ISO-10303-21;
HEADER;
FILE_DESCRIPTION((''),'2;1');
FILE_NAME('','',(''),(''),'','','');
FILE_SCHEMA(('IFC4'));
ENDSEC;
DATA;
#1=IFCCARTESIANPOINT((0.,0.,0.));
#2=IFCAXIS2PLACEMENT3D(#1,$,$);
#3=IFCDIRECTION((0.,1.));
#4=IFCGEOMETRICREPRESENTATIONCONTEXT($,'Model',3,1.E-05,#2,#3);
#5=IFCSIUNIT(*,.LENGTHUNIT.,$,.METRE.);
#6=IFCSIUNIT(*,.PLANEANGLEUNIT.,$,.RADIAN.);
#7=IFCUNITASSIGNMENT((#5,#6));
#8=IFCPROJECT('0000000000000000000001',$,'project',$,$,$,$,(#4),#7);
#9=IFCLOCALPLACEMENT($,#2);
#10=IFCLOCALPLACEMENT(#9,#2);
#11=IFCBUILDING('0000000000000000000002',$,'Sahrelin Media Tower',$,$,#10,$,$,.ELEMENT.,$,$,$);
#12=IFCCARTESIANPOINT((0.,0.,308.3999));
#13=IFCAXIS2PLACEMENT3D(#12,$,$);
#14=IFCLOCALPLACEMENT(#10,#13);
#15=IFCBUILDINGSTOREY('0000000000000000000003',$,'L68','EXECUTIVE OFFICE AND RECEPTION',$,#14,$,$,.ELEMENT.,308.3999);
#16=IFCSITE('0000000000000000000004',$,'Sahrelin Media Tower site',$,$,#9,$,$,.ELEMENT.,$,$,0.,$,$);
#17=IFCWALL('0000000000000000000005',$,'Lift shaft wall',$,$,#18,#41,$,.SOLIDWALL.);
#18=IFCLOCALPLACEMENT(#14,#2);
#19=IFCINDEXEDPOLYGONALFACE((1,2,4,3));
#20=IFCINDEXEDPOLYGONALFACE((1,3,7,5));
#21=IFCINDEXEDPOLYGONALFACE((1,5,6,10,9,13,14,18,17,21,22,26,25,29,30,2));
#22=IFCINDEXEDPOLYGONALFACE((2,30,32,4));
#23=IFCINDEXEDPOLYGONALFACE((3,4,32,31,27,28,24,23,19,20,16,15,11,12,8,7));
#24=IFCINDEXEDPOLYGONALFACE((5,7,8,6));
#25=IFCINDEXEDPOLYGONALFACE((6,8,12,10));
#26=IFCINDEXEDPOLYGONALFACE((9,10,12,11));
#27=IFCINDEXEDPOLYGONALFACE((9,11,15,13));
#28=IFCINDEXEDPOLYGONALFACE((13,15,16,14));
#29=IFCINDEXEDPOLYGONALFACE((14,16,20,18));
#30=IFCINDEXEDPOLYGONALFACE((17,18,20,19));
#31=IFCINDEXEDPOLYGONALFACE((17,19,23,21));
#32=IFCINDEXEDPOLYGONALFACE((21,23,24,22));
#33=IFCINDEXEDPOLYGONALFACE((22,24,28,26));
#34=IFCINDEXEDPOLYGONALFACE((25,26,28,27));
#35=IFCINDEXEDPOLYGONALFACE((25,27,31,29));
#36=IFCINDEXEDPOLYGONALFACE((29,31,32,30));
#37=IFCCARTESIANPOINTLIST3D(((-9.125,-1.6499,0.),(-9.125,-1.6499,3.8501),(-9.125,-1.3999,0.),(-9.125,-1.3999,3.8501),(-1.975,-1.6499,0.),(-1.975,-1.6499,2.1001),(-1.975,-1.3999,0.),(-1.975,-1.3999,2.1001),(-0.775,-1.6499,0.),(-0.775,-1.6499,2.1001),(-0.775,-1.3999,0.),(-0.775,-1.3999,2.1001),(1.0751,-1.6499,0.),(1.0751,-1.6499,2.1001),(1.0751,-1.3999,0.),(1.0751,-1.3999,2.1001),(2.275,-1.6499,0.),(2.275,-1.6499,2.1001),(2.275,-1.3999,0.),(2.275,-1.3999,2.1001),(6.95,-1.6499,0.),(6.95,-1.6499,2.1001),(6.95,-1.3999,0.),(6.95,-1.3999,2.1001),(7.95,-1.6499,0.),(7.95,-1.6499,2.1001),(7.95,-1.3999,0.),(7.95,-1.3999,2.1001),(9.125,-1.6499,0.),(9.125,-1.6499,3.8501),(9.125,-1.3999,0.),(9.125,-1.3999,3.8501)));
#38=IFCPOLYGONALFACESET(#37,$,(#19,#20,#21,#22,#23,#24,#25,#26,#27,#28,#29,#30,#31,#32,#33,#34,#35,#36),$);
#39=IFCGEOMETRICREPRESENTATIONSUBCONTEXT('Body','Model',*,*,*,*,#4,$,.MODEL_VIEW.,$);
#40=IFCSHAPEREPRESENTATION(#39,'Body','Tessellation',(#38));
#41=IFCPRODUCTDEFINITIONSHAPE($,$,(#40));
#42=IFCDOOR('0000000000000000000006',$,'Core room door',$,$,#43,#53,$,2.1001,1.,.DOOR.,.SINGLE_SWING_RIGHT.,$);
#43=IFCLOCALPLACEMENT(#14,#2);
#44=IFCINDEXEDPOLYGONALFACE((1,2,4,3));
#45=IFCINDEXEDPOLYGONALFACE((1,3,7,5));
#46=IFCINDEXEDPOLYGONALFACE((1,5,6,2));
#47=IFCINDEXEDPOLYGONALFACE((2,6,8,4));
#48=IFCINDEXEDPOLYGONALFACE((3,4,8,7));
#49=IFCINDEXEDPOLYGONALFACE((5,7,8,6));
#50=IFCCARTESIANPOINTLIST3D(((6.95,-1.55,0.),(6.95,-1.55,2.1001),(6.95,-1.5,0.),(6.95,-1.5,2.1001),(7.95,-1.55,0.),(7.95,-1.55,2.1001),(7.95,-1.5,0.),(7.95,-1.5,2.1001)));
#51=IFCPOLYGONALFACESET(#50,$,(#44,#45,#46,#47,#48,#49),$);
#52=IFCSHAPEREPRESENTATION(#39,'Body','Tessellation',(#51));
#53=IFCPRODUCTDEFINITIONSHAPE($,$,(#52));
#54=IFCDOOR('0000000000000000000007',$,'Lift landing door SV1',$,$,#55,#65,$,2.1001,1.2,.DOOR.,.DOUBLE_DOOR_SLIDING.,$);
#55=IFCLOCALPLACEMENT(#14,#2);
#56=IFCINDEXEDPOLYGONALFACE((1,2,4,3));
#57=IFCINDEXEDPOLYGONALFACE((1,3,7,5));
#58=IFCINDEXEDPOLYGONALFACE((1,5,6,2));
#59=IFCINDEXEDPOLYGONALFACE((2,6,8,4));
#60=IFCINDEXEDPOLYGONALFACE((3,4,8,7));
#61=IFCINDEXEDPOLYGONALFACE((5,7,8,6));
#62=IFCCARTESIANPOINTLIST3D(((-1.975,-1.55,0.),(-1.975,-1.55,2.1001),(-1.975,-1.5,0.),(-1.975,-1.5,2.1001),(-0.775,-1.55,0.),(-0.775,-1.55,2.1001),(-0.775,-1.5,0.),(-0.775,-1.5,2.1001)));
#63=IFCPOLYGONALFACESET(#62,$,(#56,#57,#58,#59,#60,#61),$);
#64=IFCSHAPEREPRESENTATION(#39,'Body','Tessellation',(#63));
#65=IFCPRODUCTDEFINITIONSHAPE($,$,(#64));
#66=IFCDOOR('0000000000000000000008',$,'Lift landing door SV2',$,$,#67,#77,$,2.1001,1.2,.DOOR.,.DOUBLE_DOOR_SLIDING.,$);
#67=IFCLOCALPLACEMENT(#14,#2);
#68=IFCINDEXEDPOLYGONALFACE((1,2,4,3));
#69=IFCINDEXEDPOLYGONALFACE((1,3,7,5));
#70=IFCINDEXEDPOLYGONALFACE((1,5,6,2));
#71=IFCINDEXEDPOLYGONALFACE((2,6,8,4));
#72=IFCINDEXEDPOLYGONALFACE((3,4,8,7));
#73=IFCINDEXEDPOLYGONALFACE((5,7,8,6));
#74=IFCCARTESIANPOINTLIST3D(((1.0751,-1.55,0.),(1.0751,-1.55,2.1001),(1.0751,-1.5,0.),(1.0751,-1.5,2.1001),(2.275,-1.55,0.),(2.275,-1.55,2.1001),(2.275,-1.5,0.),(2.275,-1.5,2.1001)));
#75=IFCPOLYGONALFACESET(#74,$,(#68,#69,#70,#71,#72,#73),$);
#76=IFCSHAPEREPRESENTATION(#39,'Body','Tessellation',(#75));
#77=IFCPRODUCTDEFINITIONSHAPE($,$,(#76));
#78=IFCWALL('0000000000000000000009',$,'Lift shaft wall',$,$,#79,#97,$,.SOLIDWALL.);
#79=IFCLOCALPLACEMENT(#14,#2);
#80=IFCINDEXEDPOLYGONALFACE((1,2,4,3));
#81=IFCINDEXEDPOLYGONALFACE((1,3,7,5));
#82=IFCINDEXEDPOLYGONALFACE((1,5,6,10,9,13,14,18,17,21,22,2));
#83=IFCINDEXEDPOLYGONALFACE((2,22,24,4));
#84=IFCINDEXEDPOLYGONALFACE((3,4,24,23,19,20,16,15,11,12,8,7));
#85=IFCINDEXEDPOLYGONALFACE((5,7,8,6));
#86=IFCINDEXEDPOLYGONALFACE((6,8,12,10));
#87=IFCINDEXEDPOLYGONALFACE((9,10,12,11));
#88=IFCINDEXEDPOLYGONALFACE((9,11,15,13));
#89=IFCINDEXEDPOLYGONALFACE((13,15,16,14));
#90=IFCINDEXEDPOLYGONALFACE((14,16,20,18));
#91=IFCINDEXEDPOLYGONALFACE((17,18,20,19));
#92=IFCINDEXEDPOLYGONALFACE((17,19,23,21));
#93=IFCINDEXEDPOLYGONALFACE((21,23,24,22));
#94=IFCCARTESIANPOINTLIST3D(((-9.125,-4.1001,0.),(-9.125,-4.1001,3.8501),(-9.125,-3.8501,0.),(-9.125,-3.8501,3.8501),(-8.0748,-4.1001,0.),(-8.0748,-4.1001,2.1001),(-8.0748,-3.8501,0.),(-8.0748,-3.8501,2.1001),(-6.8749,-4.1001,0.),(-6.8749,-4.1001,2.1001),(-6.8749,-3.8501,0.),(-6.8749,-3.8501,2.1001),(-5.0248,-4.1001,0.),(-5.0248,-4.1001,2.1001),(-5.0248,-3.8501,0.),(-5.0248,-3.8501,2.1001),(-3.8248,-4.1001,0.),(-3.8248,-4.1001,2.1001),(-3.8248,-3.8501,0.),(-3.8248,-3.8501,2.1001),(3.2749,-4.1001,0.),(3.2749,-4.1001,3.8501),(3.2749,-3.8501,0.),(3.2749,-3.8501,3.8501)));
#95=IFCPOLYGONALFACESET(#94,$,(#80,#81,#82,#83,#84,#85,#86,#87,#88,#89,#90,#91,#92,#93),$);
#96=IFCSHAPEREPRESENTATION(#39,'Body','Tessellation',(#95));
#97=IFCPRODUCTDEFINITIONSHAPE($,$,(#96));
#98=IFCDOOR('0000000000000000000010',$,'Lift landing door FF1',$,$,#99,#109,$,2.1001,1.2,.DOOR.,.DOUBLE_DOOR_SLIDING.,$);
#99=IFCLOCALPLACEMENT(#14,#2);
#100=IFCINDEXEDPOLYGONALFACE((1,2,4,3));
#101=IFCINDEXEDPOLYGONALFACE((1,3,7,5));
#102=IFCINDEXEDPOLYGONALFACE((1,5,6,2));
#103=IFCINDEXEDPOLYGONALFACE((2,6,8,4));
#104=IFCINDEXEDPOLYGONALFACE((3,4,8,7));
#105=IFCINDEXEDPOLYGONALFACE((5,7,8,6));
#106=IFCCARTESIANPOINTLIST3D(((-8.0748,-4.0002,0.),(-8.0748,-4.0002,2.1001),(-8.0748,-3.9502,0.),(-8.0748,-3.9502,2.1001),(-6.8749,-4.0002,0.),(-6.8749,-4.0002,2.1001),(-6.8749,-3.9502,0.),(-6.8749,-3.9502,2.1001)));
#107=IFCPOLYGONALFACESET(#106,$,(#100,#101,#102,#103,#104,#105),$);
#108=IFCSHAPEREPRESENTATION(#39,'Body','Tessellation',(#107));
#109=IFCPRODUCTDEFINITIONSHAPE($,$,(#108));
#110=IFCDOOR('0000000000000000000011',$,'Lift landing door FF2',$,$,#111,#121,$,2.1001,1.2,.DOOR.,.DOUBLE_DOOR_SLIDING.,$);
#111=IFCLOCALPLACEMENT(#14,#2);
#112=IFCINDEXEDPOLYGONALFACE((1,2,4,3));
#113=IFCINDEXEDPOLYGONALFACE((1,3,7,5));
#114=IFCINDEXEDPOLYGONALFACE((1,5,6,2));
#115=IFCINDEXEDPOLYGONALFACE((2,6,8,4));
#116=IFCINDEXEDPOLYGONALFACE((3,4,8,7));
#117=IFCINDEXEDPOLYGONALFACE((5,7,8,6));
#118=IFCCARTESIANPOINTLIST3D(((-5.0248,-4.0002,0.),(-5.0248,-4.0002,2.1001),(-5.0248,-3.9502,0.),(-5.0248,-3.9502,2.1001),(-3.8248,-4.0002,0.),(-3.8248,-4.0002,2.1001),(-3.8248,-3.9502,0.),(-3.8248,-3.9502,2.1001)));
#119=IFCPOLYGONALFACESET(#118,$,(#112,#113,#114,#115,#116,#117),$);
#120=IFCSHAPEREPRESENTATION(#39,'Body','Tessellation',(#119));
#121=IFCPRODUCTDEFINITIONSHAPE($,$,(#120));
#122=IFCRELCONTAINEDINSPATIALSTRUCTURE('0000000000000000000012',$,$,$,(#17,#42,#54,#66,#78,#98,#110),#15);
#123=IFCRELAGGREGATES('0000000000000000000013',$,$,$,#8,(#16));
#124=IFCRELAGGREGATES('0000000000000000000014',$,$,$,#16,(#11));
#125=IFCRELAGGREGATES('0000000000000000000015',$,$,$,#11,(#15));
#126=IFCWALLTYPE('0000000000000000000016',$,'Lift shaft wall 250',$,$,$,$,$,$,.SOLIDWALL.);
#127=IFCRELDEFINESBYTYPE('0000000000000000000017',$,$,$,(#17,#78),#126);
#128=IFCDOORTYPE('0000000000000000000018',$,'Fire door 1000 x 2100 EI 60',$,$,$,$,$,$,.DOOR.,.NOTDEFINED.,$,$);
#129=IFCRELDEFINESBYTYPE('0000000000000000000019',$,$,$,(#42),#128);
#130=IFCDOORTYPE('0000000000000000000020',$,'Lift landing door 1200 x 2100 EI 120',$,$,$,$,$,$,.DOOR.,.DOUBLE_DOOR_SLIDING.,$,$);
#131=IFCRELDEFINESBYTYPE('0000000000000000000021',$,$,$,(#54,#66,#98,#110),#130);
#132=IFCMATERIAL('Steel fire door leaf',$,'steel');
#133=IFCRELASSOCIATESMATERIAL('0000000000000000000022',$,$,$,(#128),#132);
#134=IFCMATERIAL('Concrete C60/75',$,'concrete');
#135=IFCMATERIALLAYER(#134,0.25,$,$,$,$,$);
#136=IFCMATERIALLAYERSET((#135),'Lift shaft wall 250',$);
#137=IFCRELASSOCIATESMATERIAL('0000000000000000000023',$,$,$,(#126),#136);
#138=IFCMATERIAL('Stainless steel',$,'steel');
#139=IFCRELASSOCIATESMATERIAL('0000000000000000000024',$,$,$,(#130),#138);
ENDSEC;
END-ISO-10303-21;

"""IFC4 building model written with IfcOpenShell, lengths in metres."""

from ifc_helpers import new_model, si_unit, direction, frame, frame_2d, origin, place, context, subcontext, project, spatial, rectangle, extrude, material, layer, layer_set, type_object, element, fill, save


model = new_model("IFC4")

# Units and contexts
model_context = context("Model", 3, precision=1e-05, world=origin(), true_north=direction((0.0, 1.0)))
body_context = subcontext(model_context, "Body", "Model", "MODEL_VIEW")
ifc_project = project(units=[si_unit("LENGTHUNIT", "METRE"), si_unit("PLANEANGLEUNIT", "RADIAN")], contexts=[model_context])

# Site, building, storey
site_placement = place(None, origin())
site = spatial("IfcSite", under=ifc_project, at=site_placement, Name="Sahrelin Media Tower site", CompositionType="ELEMENT", RefElevation=0.0)
building_placement = place(site_placement, origin())
building = spatial("IfcBuilding", under=site, at=building_placement, Name="Sahrelin Media Tower", CompositionType="ELEMENT")
storey_placement = place(building_placement, frame((0.0, 0.0, 308.3999)))
storey = spatial("IfcBuildingStorey", under=building, at=storey_placement, Name="L68", Description="EXECUTIVE OFFICE AND RECEPTION", CompositionType="ELEMENT", Elevation=308.3999)

# Shared definitions
ifc_material_1 = material(Name="Concrete C60/75", Category="concrete")

# Shared definitions
ifc_material_2 = material(Name="Steel fire door leaf", Category="steel")
door_type_1 = type_object("IfcDoorType", Name="Fire door 1000 x 2100 EI 60", OperationType="NOTDEFINED", PredefinedType="DOOR", material=ifc_material_2)

# Walls, openings, doors
ifc_layer_1 = layer(ifc_material_1, 0.25)
ifc_layer_set_1 = layer_set([ifc_layer_1], Name="Lift shaft wall 250")
wall_type_1 = type_object("IfcWallType", Name="Lift shaft wall 250", PredefinedType="SOLIDWALL", material=ifc_layer_set_1)
wall_1_placement = place(storey_placement, frame((-9.125, -1.5249, 0.0), z_axis=(0.0, 0.0, 1.0), x_axis=(1.0, 0.0, 0.0)))
wall_1 = element("IfcWall", 1, at=wall_1_placement, inside=storey, type_object=wall_type_1, Name="Lift shaft wall", PredefinedType="SOLIDWALL", context=body_context, shape_type="SweptSolid", body=[
    extrude(rectangle(XDim=18.25, YDim=0.25, at=frame_2d((9.125, 0.0))), origin(), (0.0, 0.0, 1.0), 3.8501),
])
opening_1_placement = place(wall_1_placement, frame((7.1499, 0.0, 0.0)))
opening_1 = element("IfcOpeningElement", 2, at=opening_1_placement, cuts=wall_1, PredefinedType="OPENING", context=body_context, shape_type="SweptSolid", body=[
    extrude(rectangle(XDim=1.2, YDim=2.1001, at=frame_2d((0.6001, 1.05))), frame((0.0, 0.125, 0.0), z_axis=(0.0, -1.0, 0.0), x_axis=(1.0, 0.0, 0.0)), (0.0, 0.0, 1.0), 0.25),
])
opening_2_placement = place(wall_1_placement, frame((10.2, 0.0, 0.0)))
opening_2 = element("IfcOpeningElement", 3, at=opening_2_placement, cuts=wall_1, PredefinedType="OPENING", context=body_context, shape_type="SweptSolid", body=[
    extrude(rectangle(XDim=1.2, YDim=2.1001, at=frame_2d((0.6001, 1.05))), frame((0.0, 0.125, 0.0), z_axis=(0.0, -1.0, 0.0), x_axis=(1.0, 0.0, 0.0)), (0.0, 0.0, 1.0), 0.25),
])
opening_3_placement = place(wall_1_placement, frame((16.075, 0.0, 0.0)))
opening_3 = element("IfcOpeningElement", 4, at=opening_3_placement, cuts=wall_1, PredefinedType="OPENING", context=body_context, shape_type="SweptSolid", body=[
    extrude(rectangle(XDim=1.0, YDim=2.1001, at=frame_2d((0.5, 1.05))), frame((0.0, 0.125, 0.0), z_axis=(0.0, -1.0, 0.0), x_axis=(1.0, 0.0, 0.0)), (0.0, 0.0, 1.0), 0.25),
])
door_1_placement = place(opening_3_placement, origin())
door_1 = element("IfcDoor", 5, at=door_1_placement, inside=storey, type_object=door_type_1, Name="Core room door", OperationType="SINGLE_SWING_RIGHT", OverallHeight=2.1001, OverallWidth=1.0, PredefinedType="DOOR", context=body_context, shape_type="SweptSolid", body=[
    extrude(rectangle(XDim=1.0, YDim=2.1001, at=frame_2d((0.5, 1.05))), frame((0.0, 0.0249, 0.0), z_axis=(0.0, -1.0, 0.0), x_axis=(1.0, 0.0, 0.0)), (0.0, 0.0, 1.0), 0.05),
])
fill(opening_3, door_1)
ifc_material_3 = material(Name="Stainless steel", Category="steel")
door_type_2 = type_object("IfcDoorType", Name="Lift landing door 1200 x 2100 EI 120", OperationType="DOUBLE_DOOR_SLIDING", PredefinedType="DOOR", material=ifc_material_3)
door_2_placement = place(opening_1_placement, origin())
door_2 = element("IfcDoor", 6, at=door_2_placement, inside=storey, type_object=door_type_2, Name="Lift landing door SV1", OperationType="DOUBLE_DOOR_SLIDING", OverallHeight=2.1001, OverallWidth=1.2, PredefinedType="DOOR", context=body_context, shape_type="SweptSolid", body=[
    extrude(rectangle(XDim=1.2, YDim=2.1001, at=frame_2d((0.6001, 1.05))), frame((0.0, 0.0249, 0.0), z_axis=(0.0, -1.0, 0.0), x_axis=(1.0, 0.0, 0.0)), (0.0, 0.0, 1.0), 0.05),
])
fill(opening_1, door_2)
door_3_placement = place(opening_2_placement, origin())
door_3 = element("IfcDoor", 7, at=door_3_placement, inside=storey, type_object=door_type_2, Name="Lift landing door SV2", OperationType="DOUBLE_DOOR_SLIDING", OverallHeight=2.1001, OverallWidth=1.2, PredefinedType="DOOR", context=body_context, shape_type="SweptSolid", body=[
    extrude(rectangle(XDim=1.2, YDim=2.1001, at=frame_2d((0.6001, 1.05))), frame((0.0, 0.0249, 0.0), z_axis=(0.0, -1.0, 0.0), x_axis=(1.0, 0.0, 0.0)), (0.0, 0.0, 1.0), 0.05),
])
fill(opening_2, door_3)
wall_2_placement = place(storey_placement, frame((-9.125, -3.9751, 0.0), z_axis=(0.0, 0.0, 1.0), x_axis=(1.0, 0.0, 0.0)))
wall_2 = element("IfcWall", 8, at=wall_2_placement, inside=storey, type_object=wall_type_1, Name="Lift shaft wall", PredefinedType="SOLIDWALL", context=body_context, shape_type="SweptSolid", body=[
    extrude(rectangle(XDim=12.3999, YDim=0.25, at=frame_2d((6.2, 0.0))), origin(), (0.0, 0.0, 1.0), 3.8501),
])
opening_4_placement = place(wall_2_placement, frame((1.05, 0.0, 0.0)))
opening_4 = element("IfcOpeningElement", 9, at=opening_4_placement, cuts=wall_2, PredefinedType="OPENING", context=body_context, shape_type="SweptSolid", body=[
    extrude(rectangle(XDim=1.2, YDim=2.1001, at=frame_2d((0.6001, 1.05))), frame((0.0, 0.125, 0.0), z_axis=(0.0, -1.0, 0.0), x_axis=(1.0, 0.0, 0.0)), (0.0, 0.0, 1.0), 0.25),
])
opening_5_placement = place(wall_2_placement, frame((4.1001, 0.0, 0.0)))
opening_5 = element("IfcOpeningElement", 10, at=opening_5_placement, cuts=wall_2, PredefinedType="OPENING", context=body_context, shape_type="SweptSolid", body=[
    extrude(rectangle(XDim=1.2, YDim=2.1001, at=frame_2d((0.6001, 1.05))), frame((0.0, 0.125, 0.0), z_axis=(0.0, -1.0, 0.0), x_axis=(1.0, 0.0, 0.0)), (0.0, 0.0, 1.0), 0.25),
])
door_4_placement = place(opening_4_placement, origin())
door_4 = element("IfcDoor", 11, at=door_4_placement, inside=storey, type_object=door_type_2, Name="Lift landing door FF1", OperationType="DOUBLE_DOOR_SLIDING", OverallHeight=2.1001, OverallWidth=1.2, PredefinedType="DOOR", context=body_context, shape_type="SweptSolid", body=[
    extrude(rectangle(XDim=1.2, YDim=2.1001, at=frame_2d((0.6001, 1.05))), frame((0.0, 0.0249, 0.0), z_axis=(0.0, -1.0, 0.0), x_axis=(1.0, 0.0, 0.0)), (0.0, 0.0, 1.0), 0.05),
])
fill(opening_4, door_4)
door_5_placement = place(opening_5_placement, origin())
door_5 = element("IfcDoor", 12, at=door_5_placement, inside=storey, type_object=door_type_2, Name="Lift landing door FF2", OperationType="DOUBLE_DOOR_SLIDING", OverallHeight=2.1001, OverallWidth=1.2, PredefinedType="DOOR", context=body_context, shape_type="SweptSolid", body=[
    extrude(rectangle(XDim=1.2, YDim=2.1001, at=frame_2d((0.6001, 1.05))), frame((0.0, 0.0249, 0.0), z_axis=(0.0, -1.0, 0.0), x_axis=(1.0, 0.0, 0.0)), (0.0, 0.0, 1.0), 0.05),
])
fill(opening_5, door_5)

save(model, "model.ifc")
